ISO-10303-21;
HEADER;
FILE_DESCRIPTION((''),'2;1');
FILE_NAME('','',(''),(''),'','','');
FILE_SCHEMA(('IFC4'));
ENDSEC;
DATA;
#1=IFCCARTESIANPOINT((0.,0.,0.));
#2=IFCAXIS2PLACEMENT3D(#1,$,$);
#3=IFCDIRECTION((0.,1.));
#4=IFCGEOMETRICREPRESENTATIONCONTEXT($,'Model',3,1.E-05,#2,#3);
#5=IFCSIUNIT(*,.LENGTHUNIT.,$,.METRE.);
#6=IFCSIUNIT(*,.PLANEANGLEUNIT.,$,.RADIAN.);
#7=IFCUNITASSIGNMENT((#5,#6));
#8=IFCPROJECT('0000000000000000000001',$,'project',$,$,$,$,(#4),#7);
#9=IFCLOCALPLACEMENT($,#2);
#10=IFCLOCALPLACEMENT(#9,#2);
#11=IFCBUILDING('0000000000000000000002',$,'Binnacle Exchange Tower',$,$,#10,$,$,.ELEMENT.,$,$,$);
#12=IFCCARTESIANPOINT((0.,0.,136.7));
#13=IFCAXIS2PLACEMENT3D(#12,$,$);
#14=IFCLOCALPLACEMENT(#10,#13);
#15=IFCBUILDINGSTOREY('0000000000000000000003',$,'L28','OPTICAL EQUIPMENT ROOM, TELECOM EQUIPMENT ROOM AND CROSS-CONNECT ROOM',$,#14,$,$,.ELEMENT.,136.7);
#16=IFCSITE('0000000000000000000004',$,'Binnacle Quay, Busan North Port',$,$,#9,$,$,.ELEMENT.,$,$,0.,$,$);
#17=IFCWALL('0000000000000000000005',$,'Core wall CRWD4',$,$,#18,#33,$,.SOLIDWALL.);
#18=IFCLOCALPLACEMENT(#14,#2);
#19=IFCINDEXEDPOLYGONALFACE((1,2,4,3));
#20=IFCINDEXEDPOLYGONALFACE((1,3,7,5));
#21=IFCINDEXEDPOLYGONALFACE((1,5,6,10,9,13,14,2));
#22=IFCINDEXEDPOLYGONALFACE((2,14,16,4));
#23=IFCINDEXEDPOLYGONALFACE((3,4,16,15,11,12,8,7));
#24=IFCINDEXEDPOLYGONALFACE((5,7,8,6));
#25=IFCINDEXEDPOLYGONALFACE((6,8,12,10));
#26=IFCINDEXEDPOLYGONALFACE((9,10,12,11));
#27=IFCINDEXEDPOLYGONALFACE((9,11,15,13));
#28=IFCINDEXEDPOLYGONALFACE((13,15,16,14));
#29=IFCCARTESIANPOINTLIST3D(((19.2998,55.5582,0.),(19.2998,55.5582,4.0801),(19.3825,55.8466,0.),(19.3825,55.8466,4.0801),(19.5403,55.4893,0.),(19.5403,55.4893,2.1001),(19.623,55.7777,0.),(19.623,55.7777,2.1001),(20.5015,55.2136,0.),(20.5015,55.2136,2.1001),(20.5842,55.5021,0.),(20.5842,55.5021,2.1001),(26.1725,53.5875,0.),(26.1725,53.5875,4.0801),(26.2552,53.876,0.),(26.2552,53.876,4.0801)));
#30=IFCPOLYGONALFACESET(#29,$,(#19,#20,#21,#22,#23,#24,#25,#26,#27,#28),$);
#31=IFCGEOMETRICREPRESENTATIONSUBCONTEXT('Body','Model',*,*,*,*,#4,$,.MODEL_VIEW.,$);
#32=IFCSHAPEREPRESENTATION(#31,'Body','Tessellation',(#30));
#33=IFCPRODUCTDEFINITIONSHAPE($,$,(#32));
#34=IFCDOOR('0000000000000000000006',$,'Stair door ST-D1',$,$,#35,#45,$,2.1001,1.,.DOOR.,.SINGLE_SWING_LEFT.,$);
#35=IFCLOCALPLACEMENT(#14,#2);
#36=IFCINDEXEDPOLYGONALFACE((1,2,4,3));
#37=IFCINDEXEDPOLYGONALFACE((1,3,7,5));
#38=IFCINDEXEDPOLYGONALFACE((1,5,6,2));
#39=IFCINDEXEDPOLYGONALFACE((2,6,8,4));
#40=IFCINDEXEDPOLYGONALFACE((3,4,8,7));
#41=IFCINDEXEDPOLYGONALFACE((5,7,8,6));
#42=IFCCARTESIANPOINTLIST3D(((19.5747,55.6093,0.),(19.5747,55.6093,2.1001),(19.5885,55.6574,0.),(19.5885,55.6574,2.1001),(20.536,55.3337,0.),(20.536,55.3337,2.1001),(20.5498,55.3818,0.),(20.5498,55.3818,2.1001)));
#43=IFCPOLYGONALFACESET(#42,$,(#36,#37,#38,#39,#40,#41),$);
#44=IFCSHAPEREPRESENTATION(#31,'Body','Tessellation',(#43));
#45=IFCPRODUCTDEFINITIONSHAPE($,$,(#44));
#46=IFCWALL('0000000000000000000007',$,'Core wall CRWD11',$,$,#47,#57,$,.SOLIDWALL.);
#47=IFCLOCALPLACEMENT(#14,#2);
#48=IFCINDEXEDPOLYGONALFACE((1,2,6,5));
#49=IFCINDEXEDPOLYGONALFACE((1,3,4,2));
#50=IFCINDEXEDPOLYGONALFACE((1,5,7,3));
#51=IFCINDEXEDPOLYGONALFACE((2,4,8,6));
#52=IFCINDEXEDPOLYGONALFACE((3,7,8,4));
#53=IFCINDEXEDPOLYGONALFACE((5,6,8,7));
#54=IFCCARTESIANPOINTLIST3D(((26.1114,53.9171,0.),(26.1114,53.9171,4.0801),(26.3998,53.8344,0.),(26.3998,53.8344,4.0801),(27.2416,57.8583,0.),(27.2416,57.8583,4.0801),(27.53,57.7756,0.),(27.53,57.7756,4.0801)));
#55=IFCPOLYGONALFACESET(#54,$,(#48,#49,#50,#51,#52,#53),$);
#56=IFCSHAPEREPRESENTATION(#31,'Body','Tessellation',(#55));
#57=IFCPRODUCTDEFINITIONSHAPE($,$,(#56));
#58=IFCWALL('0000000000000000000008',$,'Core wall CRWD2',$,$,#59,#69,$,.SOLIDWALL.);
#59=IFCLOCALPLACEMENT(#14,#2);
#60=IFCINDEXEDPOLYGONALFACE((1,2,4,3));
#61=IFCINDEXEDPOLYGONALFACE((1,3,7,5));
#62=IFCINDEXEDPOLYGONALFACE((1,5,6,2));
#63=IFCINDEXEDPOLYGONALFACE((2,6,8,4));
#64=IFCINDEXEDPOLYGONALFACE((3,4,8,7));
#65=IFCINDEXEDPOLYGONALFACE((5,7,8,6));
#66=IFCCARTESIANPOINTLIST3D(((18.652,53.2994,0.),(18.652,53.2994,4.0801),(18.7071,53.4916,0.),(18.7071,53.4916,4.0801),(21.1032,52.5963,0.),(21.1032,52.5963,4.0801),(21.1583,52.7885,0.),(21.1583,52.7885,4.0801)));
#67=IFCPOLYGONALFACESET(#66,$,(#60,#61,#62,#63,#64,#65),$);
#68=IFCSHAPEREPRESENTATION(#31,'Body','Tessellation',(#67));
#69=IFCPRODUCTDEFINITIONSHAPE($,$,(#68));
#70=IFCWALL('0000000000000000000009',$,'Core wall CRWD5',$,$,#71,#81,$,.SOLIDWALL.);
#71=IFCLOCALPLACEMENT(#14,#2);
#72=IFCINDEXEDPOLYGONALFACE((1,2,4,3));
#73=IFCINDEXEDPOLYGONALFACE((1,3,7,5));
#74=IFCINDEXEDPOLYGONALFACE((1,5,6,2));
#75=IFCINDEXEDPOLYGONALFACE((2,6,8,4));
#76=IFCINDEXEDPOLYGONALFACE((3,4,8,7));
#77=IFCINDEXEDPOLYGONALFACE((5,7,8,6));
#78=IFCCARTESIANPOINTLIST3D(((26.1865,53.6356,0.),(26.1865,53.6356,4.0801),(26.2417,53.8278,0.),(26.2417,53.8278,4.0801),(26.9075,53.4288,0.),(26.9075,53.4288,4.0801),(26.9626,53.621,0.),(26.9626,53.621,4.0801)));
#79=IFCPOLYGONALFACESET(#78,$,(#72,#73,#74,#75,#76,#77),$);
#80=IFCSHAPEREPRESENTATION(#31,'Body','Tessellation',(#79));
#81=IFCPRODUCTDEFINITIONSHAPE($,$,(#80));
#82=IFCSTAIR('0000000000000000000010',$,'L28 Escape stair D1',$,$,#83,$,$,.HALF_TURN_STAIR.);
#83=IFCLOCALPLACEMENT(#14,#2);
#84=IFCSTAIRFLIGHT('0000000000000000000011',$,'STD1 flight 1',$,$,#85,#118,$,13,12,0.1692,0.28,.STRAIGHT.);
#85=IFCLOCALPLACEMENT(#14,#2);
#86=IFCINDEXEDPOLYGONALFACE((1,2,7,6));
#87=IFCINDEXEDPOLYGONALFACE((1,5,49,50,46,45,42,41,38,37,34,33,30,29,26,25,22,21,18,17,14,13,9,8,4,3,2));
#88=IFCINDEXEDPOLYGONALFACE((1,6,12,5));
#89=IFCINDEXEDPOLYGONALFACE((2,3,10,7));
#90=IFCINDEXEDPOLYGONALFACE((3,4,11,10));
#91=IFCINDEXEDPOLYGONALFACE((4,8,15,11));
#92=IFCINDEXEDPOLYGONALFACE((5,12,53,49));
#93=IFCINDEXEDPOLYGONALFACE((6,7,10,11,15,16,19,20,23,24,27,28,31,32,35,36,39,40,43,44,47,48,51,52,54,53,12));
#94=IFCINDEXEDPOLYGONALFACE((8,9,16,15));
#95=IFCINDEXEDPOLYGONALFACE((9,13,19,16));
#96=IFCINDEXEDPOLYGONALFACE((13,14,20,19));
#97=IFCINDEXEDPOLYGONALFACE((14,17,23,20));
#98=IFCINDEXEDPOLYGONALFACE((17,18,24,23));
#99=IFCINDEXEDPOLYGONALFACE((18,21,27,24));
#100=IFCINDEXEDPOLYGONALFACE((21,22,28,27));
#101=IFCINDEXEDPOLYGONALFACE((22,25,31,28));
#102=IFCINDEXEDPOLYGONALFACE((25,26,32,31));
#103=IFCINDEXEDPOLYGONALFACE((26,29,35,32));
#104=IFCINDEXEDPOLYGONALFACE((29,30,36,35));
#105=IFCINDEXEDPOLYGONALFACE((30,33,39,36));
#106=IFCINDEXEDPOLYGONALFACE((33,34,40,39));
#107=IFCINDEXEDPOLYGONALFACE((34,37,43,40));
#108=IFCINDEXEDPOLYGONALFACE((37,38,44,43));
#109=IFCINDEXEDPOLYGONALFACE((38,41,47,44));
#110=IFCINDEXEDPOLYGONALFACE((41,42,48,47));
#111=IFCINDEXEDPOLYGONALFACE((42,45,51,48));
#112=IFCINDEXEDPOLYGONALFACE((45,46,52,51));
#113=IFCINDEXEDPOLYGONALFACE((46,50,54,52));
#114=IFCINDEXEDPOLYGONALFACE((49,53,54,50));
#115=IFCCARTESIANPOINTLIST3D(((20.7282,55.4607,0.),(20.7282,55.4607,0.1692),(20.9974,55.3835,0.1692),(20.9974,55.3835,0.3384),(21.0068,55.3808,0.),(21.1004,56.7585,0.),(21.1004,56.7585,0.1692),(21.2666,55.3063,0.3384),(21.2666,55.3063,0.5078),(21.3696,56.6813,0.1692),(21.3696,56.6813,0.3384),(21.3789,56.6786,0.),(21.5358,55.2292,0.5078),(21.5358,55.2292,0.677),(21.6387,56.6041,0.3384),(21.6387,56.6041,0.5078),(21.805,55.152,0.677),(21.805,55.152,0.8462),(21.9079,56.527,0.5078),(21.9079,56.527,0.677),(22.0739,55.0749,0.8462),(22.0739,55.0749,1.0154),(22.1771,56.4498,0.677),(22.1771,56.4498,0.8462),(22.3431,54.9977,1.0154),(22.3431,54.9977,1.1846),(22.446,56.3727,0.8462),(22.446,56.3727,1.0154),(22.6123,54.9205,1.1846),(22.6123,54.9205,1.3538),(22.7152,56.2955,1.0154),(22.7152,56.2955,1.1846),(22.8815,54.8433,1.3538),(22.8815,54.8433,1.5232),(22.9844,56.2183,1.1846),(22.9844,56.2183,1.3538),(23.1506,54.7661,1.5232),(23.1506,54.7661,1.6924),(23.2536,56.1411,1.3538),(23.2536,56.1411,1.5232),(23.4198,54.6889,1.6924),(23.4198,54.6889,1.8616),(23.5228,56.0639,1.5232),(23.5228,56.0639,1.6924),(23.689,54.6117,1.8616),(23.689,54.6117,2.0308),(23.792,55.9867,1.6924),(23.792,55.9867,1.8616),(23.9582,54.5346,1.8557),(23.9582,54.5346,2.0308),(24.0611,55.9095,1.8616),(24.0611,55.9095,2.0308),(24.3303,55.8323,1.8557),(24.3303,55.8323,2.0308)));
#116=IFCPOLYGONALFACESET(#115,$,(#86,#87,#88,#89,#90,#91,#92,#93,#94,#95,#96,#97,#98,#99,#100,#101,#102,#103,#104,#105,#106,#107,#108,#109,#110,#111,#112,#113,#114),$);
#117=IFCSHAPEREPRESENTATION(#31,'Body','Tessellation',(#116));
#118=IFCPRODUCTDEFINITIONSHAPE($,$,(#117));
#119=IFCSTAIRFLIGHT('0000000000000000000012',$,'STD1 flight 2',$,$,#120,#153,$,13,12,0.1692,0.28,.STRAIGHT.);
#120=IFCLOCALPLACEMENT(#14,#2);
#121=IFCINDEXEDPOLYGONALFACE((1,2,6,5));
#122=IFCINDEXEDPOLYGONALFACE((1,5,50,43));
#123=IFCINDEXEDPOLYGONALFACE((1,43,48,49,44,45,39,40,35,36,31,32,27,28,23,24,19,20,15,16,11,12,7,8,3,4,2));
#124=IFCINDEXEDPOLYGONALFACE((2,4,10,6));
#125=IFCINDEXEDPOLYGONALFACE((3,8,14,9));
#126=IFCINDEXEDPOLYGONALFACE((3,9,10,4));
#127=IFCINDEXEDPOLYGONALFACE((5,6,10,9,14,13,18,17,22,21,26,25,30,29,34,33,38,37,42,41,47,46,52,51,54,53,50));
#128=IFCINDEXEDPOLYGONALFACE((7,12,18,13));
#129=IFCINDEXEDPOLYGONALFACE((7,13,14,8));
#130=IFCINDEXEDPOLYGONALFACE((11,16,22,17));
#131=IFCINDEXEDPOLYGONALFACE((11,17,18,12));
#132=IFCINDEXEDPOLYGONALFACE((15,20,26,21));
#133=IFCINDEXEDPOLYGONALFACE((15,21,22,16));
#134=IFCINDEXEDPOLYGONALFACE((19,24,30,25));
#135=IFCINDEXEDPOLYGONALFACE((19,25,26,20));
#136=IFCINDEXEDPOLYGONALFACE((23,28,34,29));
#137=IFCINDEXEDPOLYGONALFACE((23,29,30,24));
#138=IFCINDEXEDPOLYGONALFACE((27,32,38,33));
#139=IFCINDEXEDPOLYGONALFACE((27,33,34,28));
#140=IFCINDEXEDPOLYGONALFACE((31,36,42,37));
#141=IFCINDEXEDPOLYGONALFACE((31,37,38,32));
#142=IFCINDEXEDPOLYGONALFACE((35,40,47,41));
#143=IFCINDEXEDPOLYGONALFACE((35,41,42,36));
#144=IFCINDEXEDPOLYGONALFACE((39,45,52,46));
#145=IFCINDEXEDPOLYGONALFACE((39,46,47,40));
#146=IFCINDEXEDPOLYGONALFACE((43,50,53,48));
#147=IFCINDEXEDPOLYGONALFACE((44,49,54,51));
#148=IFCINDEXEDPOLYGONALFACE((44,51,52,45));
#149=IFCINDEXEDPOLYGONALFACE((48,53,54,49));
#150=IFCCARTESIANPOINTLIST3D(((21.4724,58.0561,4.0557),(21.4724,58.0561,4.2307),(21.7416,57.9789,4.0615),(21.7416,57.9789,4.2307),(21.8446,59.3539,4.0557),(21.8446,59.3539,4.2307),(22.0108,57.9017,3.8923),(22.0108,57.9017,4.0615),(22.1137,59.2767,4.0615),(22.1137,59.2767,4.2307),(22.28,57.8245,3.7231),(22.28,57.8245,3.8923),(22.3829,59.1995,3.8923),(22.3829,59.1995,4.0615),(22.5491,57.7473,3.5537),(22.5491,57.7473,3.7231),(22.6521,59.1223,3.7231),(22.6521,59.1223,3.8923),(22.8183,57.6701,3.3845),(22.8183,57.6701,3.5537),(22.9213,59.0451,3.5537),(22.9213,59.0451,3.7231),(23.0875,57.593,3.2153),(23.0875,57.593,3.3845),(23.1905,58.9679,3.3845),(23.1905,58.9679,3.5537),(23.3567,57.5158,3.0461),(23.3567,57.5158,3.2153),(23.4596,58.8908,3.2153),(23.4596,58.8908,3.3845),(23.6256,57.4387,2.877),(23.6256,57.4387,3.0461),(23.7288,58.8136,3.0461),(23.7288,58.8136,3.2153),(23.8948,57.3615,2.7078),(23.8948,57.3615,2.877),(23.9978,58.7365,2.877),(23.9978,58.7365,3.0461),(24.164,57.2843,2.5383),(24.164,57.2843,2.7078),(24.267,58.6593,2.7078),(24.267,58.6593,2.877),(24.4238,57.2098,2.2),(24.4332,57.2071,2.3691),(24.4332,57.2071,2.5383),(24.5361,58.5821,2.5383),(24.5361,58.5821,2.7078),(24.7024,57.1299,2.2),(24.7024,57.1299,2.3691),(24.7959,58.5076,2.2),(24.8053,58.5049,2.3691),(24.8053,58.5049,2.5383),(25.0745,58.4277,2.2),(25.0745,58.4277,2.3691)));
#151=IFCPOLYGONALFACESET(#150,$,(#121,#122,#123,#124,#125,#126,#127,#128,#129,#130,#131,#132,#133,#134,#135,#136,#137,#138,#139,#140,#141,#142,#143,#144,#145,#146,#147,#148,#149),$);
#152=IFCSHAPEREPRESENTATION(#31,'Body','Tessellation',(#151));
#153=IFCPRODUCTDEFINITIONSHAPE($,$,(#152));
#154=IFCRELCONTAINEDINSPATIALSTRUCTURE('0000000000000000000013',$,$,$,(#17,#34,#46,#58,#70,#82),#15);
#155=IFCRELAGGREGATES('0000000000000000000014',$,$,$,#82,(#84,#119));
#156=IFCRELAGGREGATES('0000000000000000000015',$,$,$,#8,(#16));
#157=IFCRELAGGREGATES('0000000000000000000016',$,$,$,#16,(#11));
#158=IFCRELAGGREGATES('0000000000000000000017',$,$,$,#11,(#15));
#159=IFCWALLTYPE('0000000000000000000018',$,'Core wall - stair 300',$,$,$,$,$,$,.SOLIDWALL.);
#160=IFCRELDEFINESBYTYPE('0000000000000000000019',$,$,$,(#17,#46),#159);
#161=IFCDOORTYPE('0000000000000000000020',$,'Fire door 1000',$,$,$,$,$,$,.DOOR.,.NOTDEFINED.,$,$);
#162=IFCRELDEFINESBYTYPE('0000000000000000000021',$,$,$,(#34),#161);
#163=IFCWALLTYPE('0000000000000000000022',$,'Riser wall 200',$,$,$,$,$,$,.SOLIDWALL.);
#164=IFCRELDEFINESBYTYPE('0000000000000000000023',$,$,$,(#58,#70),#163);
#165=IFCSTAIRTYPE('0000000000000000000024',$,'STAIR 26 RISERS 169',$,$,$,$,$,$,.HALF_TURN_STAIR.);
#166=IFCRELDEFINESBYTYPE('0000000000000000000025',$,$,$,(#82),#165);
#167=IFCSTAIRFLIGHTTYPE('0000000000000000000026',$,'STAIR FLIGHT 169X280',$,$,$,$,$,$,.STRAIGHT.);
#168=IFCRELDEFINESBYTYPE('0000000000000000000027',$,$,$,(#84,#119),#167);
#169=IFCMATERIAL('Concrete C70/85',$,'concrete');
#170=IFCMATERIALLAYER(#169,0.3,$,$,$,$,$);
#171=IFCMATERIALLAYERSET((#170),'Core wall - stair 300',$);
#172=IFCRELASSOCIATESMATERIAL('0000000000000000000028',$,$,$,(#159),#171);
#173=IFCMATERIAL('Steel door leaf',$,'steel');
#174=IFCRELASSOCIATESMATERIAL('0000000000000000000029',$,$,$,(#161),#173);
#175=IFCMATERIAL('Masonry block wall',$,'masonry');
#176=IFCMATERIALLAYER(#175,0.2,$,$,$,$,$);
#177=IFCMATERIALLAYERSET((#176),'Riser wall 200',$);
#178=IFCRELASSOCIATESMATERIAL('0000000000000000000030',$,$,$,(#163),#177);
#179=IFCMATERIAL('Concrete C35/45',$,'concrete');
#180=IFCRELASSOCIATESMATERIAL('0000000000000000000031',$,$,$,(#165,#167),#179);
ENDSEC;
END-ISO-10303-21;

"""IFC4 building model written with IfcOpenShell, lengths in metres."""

from ifc_helpers import new_model, si_unit, direction, frame, frame_2d, origin, place, context, subcontext, project, spatial, polyline, rectangle, outline, extrude, material, layer, layer_set, type_object, element, fill, aggregate, save


model = new_model("IFC4")

# Units and contexts
model_context = context("Model", 3, precision=1e-05, world=origin(), true_north=direction((0.0, 1.0)))
body_context = subcontext(model_context, "Body", "Model", "MODEL_VIEW")
ifc_project = project(units=[si_unit("LENGTHUNIT", "METRE"), si_unit("PLANEANGLEUNIT", "RADIAN")], contexts=[model_context])

# Site, building, storey
site_placement = place(None, origin())
site = spatial("IfcSite", under=ifc_project, at=site_placement, Name="Binnacle Quay, Busan North Port", CompositionType="ELEMENT", RefElevation=0.0)
building_placement = place(site_placement, origin())
building = spatial("IfcBuilding", under=site, at=building_placement, Name="Binnacle Exchange Tower", CompositionType="ELEMENT")
storey_placement = place(building_placement, frame((0.0, 0.0, 136.7)))
storey = spatial("IfcBuildingStorey", under=building, at=storey_placement, Name="L28", Description="OPTICAL EQUIPMENT ROOM, TELECOM EQUIPMENT ROOM AND CROSS-CONNECT ROOM", CompositionType="ELEMENT", Elevation=136.7)

# Shared definitions
ifc_material_1 = material(Name="Concrete C70/85", Category="concrete")

# Wall, opening, door
ifc_layer_1 = layer(ifc_material_1, 0.3)
ifc_layer_set_1 = layer_set([ifc_layer_1], Name="Core wall - stair 300")
wall_type_1 = type_object("IfcWallType", Name="Core wall - stair 300", PredefinedType="SOLIDWALL", material=ifc_layer_set_1)
wall_1_placement = place(storey_placement, frame((19.3413, 55.7024, 0.0), z_axis=(0.0, 0.0, 1.0), x_axis=(0.961263, -0.275632, 0.0)))
wall_1 = element("IfcWall", 1, at=wall_1_placement, inside=storey, type_object=wall_type_1, Name="Core wall CRWD4", PredefinedType="SOLIDWALL", context=body_context, shape_type="SweptSolid", body=[
    extrude(rectangle(XDim=7.1497, YDim=0.3, at=frame_2d((3.5747, 0.0))), origin(), (0.0, 0.0, 1.0), 4.0801),
])
opening_placement = place(wall_1_placement, frame((0.25, 0.0, 0.0)))
opening = element("IfcOpeningElement", 2, at=opening_placement, cuts=wall_1, PredefinedType="OPENING", context=body_context, shape_type="SweptSolid", body=[
    extrude(rectangle(XDim=1.0, YDim=2.1001, at=frame_2d((0.5, 1.05))), frame((0.0, 0.1599, 0.0), z_axis=(0.0, -1.0, 0.0), x_axis=(1.0, 0.0, 0.0)), (0.0, 0.0, 1.0), 0.3201),
])
ifc_material_2 = material(Name="Steel door leaf", Category="steel")
door_type = type_object("IfcDoorType", Name="Fire door 1000", OperationType="NOTDEFINED", PredefinedType="DOOR", material=ifc_material_2)
door_placement = place(opening_placement, origin())
door = element("IfcDoor", 3, at=door_placement, inside=storey, type_object=door_type, Name="Stair door ST-D1", OperationType="SINGLE_SWING_LEFT", OverallHeight=2.1001, OverallWidth=1.0, PredefinedType="DOOR", context=body_context, shape_type="SweptSolid", body=[
    extrude(rectangle(XDim=1.0, YDim=2.1001, at=frame_2d((0.5, 1.05))), frame((0.0, 0.0249, 0.0), z_axis=(0.0, -1.0, 0.0), x_axis=(1.0, 0.0, 0.0)), (0.0, 0.0, 1.0), 0.05),
])
fill(opening, door)

# Walls
wall_2_placement = place(storey_placement, frame((26.2556, 53.8757, 0.0), z_axis=(0.0, 0.0, 1.0), x_axis=(0.275641, 0.961261, 0.0)))
element("IfcWall", 4, at=wall_2_placement, inside=storey, type_object=wall_type_1, Name="Core wall CRWD11", PredefinedType="SOLIDWALL", context=body_context, shape_type="SweptSolid", body=[
    extrude(rectangle(XDim=4.1001, YDim=0.3, at=frame_2d((2.05, 0.0))), origin(), (0.0, 0.0, 1.0), 4.0801),
])
ifc_material_3 = material(Name="Masonry block wall", Category="masonry")
ifc_layer_2 = layer(ifc_material_3, 0.2)
ifc_layer_set_2 = layer_set([ifc_layer_2], Name="Riser wall 200")
wall_type_2 = type_object("IfcWallType", Name="Riser wall 200", PredefinedType="SOLIDWALL", material=ifc_layer_set_2)
wall_3_placement = place(storey_placement, frame((18.6797, 53.3955, 0.0), z_axis=(0.0, 0.0, 1.0), x_axis=(0.961234, -0.275733, 0.0)))
element("IfcWall", 5, at=wall_3_placement, inside=storey, type_object=wall_type_2, Name="Core wall CRWD2", PredefinedType="SOLIDWALL", context=body_context, shape_type="SweptSolid", body=[
    extrude(rectangle(XDim=2.55, YDim=0.2, at=frame_2d((1.2749, 0.0))), origin(), (0.0, 0.0, 1.0), 4.0801),
])
wall_4_placement = place(storey_placement, frame((26.2141, 53.7317, 0.0), z_axis=(0.0, 0.0, 1.0), x_axis=(0.961241, -0.27571, 0.0)))
element("IfcWall", 6, at=wall_4_placement, inside=storey, type_object=wall_type_2, Name="Core wall CRWD5", PredefinedType="SOLIDWALL", context=body_context, shape_type="SweptSolid", body=[
    extrude(rectangle(XDim=0.75, YDim=0.2, at=frame_2d((0.375, 0.0))), origin(), (0.0, 0.0, 1.0), 4.0801),
])

# Stair, stair flights
ifc_material_4 = material(Name="Concrete C35/45", Category="concrete")
stair_type = type_object("IfcStairType", Name="STAIR 26 RISERS 169", PredefinedType="HALF_TURN_STAIR", material=ifc_material_4)
stair_placement = place(storey_placement, origin())
stair = element("IfcStair", 7, at=stair_placement, inside=storey, type_object=stair_type, Name="L28 Escape stair D1", PredefinedType="HALF_TURN_STAIR")
stair_flight_type = type_object("IfcStairFlightType", Name="STAIR FLIGHT 169X280", PredefinedType="STRAIGHT", material=ifc_material_4)
stair_flight_1_placement = place(storey_placement, frame((20.9143, 56.1096, 0.0), z_axis=(0.0, 0.0, 1.0), x_axis=(0.961262, -0.275637, 0.0)))
stair_flight_1 = element("IfcStairFlight", 8, at=stair_flight_1_placement, type_object=stair_flight_type, Name="STD1 flight 1", NumberOfRisers=13, NumberOfTreads=12, PredefinedType="STRAIGHT", RiserHeight=0.1692, TreadLength=0.28, context=body_context, shape_type="SweptSolid", body=[
    extrude(outline(polyline([(0.0, 0.0), (0.0, 0.1692), (0.28, 0.1692), (0.28, 0.3384), (0.5601, 0.3384), (0.5601, 0.5078), (0.8401, 0.5078), (0.8401, 0.677), (1.1201, 0.677), (1.1201, 0.8462), (1.3999, 0.8462), (1.3999, 1.0154), (1.6799, 1.0154), (1.6799, 1.1846), (1.96, 1.1846), (1.96, 1.3538), (2.24, 1.3538), (2.24, 1.5232), (2.52, 1.5232), (2.52, 1.6924), (2.8, 1.6924), (2.8, 1.8616), (3.0801, 1.8616), (3.0801, 2.0308), (3.3601, 2.0308), (3.3601, 2.2), (3.3601, 1.8557), (0.2898, 0.0), (0.0, 0.0)])), frame((0.0, 0.675, 0.0), z_axis=(0.0, -1.0, 0.0), x_axis=(1.0, 0.0, 0.0)), (0.0, 0.0, 1.0), 1.3501),
])
stair_flight_2_placement = place(storey_placement, frame((24.8884, 57.7788, 2.2), z_axis=(0.0, 0.0, 1.0), x_axis=(-0.961262, 0.275637, 0.0)))
stair_flight_2 = element("IfcStairFlight", 9, at=stair_flight_2_placement, type_object=stair_flight_type, Name="STD1 flight 2", NumberOfRisers=13, NumberOfTreads=12, PredefinedType="STRAIGHT", RiserHeight=0.1692, TreadLength=0.28, context=body_context, shape_type="SweptSolid", body=[
    extrude(outline(polyline([(0.0, 0.0), (0.0, 0.1692), (0.28, 0.1692), (0.28, 0.3384), (0.5601, 0.3384), (0.5601, 0.5078), (0.8401, 0.5078), (0.8401, 0.677), (1.1201, 0.677), (1.1201, 0.8462), (1.3999, 0.8462), (1.3999, 1.0154), (1.6799, 1.0154), (1.6799, 1.1846), (1.96, 1.1846), (1.96, 1.3538), (2.24, 1.3538), (2.24, 1.5232), (2.52, 1.5232), (2.52, 1.6924), (2.8, 1.6924), (2.8, 1.8616), (3.0801, 1.8616), (3.0801, 2.0308), (3.3601, 2.0308), (3.3601, 2.2), (3.3601, 1.8557), (0.2898, 0.0), (0.0, 0.0)])), frame((0.0, 0.675, 0.0), z_axis=(0.0, -1.0, 0.0), x_axis=(1.0, 0.0, 0.0)), (0.0, 0.0, 1.0), 1.3501),
])
aggregate(stair, [stair_flight_1, stair_flight_2])

save(model, "model.ifc")
